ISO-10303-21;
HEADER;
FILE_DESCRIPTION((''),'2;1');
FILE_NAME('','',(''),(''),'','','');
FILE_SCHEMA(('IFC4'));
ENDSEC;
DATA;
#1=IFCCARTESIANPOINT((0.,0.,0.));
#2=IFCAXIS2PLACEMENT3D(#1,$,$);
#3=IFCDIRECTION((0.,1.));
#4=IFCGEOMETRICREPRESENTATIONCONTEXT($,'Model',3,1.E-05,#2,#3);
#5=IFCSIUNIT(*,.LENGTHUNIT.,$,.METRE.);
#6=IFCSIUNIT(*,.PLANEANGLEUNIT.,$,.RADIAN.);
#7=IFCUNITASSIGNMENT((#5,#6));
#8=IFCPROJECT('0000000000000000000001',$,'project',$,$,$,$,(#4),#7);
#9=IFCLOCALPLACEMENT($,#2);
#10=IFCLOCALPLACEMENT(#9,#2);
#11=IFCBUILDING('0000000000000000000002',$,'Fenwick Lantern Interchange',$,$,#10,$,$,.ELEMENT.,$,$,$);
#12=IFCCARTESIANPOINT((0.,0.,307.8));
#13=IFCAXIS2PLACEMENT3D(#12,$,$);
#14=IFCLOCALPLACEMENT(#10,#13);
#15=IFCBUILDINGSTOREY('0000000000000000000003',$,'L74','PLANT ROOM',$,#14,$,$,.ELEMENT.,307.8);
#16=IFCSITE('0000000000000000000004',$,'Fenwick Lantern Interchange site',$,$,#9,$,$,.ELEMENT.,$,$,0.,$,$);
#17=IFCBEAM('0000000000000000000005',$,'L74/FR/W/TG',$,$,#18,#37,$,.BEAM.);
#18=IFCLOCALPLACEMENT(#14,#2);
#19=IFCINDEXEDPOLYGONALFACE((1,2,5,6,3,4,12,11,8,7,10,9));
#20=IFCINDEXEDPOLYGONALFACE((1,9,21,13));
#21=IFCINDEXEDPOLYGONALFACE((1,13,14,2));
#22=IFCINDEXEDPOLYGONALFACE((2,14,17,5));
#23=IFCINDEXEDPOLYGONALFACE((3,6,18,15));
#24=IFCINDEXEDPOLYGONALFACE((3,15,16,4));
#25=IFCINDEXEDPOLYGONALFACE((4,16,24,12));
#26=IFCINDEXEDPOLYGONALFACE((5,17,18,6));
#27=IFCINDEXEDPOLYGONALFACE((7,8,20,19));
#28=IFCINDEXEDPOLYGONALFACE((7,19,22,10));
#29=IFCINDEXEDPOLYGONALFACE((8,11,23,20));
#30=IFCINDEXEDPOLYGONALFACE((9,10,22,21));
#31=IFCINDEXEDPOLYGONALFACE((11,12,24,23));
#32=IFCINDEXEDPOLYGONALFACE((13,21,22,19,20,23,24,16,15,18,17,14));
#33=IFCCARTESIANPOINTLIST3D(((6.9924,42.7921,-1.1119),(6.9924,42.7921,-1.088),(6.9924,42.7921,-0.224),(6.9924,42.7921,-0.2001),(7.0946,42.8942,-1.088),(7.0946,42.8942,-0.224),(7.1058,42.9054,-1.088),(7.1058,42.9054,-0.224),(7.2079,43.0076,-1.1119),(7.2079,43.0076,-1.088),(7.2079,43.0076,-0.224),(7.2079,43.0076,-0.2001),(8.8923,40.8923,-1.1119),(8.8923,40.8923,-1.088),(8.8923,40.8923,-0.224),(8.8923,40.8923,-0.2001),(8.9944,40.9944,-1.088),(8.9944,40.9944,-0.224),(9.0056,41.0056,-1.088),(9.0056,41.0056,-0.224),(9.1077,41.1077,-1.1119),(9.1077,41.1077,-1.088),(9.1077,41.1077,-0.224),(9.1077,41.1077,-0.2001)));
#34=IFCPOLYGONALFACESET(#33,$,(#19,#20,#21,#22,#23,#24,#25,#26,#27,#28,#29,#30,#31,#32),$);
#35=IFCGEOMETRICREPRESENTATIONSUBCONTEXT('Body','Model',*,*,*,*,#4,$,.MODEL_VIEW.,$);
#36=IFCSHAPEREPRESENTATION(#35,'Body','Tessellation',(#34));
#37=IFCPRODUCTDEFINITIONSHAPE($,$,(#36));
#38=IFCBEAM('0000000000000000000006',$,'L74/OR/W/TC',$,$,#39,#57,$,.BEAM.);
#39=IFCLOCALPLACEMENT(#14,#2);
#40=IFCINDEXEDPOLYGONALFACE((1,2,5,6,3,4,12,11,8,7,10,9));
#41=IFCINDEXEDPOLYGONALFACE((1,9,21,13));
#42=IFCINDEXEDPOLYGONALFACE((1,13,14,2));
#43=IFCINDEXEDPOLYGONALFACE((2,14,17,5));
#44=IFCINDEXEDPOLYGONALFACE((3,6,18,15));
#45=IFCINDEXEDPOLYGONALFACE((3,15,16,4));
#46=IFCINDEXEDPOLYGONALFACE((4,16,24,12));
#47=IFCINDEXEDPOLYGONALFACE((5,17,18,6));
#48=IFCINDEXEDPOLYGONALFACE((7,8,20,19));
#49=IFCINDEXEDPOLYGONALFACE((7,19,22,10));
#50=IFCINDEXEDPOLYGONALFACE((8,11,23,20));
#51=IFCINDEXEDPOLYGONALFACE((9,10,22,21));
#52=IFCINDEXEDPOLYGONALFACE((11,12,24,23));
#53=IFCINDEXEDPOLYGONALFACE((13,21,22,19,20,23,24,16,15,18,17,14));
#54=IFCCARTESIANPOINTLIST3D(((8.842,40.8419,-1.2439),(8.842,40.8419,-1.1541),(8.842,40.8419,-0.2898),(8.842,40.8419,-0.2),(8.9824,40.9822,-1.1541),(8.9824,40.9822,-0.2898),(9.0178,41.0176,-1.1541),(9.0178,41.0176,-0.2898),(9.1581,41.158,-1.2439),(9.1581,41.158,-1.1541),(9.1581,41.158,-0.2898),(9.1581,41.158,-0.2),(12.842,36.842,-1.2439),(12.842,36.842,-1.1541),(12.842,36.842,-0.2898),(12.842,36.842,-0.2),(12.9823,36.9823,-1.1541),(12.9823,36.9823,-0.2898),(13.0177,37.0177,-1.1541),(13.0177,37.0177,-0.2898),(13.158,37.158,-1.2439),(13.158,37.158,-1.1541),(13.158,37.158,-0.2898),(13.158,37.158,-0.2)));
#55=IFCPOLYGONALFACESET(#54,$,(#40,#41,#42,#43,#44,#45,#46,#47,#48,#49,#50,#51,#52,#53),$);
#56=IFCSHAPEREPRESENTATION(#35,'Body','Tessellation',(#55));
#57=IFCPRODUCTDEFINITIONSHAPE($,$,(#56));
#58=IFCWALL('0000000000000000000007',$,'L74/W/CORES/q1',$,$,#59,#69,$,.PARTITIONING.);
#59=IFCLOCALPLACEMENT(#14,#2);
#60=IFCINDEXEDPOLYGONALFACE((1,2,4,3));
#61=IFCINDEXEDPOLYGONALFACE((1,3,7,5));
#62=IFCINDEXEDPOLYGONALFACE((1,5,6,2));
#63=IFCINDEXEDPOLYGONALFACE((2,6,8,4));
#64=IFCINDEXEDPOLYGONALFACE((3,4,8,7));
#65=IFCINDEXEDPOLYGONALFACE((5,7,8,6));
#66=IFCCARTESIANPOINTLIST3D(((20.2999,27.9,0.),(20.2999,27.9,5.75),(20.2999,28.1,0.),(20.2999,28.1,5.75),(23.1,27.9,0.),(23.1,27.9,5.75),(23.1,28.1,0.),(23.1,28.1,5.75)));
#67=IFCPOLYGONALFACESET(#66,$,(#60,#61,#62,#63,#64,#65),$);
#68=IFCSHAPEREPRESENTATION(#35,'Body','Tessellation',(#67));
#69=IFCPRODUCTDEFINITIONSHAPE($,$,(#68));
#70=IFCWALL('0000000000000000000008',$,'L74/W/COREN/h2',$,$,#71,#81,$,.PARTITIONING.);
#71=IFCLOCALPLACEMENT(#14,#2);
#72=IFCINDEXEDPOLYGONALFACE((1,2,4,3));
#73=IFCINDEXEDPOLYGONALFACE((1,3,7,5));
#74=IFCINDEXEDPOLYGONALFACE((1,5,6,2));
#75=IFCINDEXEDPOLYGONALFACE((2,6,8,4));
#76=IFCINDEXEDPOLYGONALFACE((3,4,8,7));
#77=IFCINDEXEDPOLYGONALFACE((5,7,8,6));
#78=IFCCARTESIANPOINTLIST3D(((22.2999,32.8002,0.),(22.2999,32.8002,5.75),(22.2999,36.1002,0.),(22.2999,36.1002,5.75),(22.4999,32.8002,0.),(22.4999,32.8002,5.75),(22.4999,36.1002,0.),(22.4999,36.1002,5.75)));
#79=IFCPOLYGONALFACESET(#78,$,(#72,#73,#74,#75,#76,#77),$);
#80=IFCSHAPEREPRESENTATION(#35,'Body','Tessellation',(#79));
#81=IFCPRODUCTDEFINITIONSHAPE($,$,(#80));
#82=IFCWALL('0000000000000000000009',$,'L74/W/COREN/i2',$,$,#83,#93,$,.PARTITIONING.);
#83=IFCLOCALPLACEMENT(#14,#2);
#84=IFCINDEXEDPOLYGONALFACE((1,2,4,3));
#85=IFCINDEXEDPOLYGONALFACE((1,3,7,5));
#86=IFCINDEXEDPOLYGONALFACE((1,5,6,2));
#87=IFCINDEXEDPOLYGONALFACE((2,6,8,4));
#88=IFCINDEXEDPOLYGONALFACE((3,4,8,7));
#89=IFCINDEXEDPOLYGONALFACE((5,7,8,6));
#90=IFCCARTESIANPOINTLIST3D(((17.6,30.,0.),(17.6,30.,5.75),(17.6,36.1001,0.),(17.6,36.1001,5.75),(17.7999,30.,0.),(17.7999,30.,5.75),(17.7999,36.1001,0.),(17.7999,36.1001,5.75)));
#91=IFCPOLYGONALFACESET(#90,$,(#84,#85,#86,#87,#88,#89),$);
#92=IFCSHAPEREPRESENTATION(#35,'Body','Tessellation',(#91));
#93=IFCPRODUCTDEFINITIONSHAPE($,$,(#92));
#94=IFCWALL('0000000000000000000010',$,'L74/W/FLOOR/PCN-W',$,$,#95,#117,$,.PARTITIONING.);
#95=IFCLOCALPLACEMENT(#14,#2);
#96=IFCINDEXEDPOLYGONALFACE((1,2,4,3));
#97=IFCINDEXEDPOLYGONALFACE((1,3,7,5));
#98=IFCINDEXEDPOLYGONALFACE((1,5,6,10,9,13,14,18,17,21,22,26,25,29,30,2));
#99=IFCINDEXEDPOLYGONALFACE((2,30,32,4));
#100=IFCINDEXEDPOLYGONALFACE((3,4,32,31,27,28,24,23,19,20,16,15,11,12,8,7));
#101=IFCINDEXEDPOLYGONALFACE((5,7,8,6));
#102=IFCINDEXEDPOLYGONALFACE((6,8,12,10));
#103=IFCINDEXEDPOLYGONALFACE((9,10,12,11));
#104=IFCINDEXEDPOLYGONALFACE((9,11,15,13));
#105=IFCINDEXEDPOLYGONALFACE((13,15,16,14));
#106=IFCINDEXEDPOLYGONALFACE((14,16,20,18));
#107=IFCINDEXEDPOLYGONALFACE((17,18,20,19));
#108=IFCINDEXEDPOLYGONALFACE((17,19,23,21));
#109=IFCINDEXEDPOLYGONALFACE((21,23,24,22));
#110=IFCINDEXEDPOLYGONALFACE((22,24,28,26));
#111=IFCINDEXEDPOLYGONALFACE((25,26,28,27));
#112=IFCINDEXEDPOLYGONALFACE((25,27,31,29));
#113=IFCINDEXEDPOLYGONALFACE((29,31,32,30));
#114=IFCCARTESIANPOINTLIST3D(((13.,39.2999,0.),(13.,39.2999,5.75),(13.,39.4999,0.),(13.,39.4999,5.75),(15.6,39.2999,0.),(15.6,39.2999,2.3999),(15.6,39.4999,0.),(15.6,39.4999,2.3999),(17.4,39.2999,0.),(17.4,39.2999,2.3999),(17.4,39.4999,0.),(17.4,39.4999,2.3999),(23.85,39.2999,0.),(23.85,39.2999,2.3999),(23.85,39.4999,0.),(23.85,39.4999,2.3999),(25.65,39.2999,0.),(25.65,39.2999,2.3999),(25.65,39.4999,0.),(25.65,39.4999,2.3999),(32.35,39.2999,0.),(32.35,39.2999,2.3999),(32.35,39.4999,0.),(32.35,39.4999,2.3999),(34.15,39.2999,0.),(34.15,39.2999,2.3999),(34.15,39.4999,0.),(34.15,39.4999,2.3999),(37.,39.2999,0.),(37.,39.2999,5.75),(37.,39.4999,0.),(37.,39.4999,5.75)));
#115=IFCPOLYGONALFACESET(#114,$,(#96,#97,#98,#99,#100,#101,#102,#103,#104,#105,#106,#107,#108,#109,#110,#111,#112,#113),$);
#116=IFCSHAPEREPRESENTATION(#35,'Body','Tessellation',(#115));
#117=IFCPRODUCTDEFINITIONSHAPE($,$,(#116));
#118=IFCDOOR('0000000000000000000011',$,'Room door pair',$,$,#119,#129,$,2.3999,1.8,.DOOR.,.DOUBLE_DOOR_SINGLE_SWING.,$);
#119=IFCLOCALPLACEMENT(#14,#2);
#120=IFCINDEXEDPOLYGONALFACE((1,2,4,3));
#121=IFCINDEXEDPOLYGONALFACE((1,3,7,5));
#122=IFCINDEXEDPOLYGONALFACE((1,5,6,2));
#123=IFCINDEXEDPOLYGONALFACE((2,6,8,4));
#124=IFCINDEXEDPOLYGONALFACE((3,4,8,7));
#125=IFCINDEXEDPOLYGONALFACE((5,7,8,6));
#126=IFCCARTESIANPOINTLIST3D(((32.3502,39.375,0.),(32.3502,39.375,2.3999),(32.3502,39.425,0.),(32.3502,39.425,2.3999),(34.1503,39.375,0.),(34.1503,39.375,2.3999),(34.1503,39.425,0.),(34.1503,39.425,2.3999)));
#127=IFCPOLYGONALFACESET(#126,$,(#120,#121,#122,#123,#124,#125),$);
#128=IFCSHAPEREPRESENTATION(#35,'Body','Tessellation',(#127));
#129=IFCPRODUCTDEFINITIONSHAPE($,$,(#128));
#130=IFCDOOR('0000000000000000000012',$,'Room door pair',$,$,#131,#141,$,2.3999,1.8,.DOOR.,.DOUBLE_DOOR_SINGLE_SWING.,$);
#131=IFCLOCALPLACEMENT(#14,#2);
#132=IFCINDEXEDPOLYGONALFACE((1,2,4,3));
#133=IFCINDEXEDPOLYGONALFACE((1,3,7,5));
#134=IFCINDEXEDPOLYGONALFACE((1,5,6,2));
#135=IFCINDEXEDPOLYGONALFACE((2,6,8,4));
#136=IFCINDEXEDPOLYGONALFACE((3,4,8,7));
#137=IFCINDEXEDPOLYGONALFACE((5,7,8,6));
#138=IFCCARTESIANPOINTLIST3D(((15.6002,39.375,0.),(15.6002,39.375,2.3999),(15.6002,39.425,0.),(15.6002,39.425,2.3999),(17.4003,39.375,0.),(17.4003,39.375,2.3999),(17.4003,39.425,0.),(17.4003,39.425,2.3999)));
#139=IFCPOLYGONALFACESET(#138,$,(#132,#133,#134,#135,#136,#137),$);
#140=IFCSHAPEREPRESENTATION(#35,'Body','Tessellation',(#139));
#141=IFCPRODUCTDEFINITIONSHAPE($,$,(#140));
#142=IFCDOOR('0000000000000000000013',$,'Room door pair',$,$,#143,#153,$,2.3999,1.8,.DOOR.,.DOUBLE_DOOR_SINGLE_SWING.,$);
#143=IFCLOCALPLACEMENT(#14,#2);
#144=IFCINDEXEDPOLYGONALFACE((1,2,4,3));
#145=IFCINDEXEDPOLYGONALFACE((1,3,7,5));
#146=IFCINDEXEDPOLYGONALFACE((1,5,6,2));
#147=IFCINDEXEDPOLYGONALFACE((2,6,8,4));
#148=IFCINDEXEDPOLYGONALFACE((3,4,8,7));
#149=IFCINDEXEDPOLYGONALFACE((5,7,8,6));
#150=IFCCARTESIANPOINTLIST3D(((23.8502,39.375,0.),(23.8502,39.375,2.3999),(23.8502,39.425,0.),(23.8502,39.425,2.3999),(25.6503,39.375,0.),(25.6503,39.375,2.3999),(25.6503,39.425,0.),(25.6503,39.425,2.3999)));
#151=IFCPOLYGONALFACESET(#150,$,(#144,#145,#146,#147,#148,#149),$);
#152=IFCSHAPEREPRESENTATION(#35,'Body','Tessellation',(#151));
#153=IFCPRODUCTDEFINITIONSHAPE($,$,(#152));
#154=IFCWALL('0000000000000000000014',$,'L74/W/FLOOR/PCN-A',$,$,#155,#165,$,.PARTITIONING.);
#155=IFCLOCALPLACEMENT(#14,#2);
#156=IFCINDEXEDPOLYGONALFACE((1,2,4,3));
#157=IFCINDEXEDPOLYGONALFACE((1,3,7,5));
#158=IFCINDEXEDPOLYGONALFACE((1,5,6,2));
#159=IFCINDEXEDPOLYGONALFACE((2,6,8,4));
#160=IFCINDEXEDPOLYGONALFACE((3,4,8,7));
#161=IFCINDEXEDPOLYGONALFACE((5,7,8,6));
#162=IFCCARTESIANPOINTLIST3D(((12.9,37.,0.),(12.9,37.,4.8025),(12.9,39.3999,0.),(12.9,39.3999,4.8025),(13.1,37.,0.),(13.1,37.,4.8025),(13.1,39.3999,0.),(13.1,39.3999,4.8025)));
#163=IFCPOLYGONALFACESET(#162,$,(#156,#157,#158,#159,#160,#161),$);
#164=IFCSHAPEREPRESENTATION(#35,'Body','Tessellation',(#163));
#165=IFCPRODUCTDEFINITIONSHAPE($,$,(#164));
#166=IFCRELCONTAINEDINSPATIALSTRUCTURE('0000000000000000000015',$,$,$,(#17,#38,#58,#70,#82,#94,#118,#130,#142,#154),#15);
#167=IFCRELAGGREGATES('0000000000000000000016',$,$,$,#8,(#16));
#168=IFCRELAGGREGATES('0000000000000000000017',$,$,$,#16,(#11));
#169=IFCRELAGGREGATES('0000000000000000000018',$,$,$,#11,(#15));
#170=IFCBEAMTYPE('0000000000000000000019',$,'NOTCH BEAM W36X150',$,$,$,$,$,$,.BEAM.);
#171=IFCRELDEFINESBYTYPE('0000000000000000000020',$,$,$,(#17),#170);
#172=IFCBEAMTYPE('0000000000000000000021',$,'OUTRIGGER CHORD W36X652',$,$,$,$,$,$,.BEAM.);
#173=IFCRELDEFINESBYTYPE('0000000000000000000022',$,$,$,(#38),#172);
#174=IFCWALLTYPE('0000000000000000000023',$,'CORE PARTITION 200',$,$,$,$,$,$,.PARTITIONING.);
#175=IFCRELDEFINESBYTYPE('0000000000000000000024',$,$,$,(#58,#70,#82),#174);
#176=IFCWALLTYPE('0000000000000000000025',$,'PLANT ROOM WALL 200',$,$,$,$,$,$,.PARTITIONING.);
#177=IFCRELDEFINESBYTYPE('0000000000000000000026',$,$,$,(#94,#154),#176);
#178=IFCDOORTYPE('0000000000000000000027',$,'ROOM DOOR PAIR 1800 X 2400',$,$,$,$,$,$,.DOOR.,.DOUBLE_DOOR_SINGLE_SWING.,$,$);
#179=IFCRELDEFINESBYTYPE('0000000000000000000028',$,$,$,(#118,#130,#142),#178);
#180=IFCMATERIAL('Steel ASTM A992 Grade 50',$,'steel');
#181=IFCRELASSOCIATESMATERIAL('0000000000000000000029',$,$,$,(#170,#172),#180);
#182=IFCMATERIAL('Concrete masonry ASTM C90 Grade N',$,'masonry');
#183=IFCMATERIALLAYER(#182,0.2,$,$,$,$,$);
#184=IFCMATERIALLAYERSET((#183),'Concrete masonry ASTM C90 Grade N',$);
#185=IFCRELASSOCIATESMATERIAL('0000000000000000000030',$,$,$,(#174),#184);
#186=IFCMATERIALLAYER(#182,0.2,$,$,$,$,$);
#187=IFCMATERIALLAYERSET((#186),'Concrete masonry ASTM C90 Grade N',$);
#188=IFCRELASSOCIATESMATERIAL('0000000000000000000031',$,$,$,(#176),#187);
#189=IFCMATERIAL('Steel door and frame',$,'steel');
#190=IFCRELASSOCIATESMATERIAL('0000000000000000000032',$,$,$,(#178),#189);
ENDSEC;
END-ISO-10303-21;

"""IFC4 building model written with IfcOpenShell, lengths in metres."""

from ifc_helpers import new_model, si_unit, direction, frame, frame_2d, origin, origin_2d, place, context, subcontext, project, spatial, rectangle, i_section, extrude, material, layer, layer_set, material_profile, profile_set, type_object, element, fill, save


model = new_model("IFC4")

# Units and contexts
model_context = context("Model", 3, precision=1e-05, world=origin(), true_north=direction((0.0, 1.0)))
body_context = subcontext(model_context, "Body", "Model", "MODEL_VIEW")
ifc_project = project(units=[si_unit("LENGTHUNIT", "METRE"), si_unit("PLANEANGLEUNIT", "RADIAN")], contexts=[model_context])

# Site, building, storey
site_placement = place(None, origin())
site = spatial("IfcSite", under=ifc_project, at=site_placement, Name="Fenwick Lantern Interchange site", CompositionType="ELEMENT", RefElevation=0.0)
building_placement = place(site_placement, origin())
building = spatial("IfcBuilding", under=site, at=building_placement, Name="Fenwick Lantern Interchange", CompositionType="ELEMENT")
storey_placement = place(building_placement, frame((0.0, 0.0, 307.8)))
storey = spatial("IfcBuildingStorey", under=building, at=storey_placement, Name="L74", Description="PLANT ROOM", CompositionType="ELEMENT", Elevation=307.8)

# Beams
ifc_material_1 = material(Name="Steel ASTM A992 Grade 50", Category="steel")
ifc_material_profile_1 = material_profile(ifc_material_1, i_section(OverallWidth=0.3047, OverallDepth=0.9119, WebThickness=0.0159, FlangeThickness=0.0239, at=origin_2d()), Name="W36X150")
ifc_profile_set_1 = profile_set([ifc_material_profile_1], Name="Steel ASTM A992 Grade 50")
beam_type_1 = type_object("IfcBeamType", Name="NOTCH BEAM W36X150", PredefinedType="BEAM", material=ifc_profile_set_1)
beam_1_placement = place(storey_placement, frame((9.0, 41.0, -0.656), z_axis=(-0.707107, 0.707107, 0.0), x_axis=(-0.707107, -0.707107, 0.0)))
element("IfcBeam", 1, at=beam_1_placement, inside=storey, type_object=beam_type_1, Name="L74/FR/W/TG", PredefinedType="BEAM", context=body_context, shape_type="SweptSolid", body=[
    extrude(i_section(OverallWidth=0.3047, OverallDepth=0.9119, WebThickness=0.0159, FlangeThickness=0.0239, at=origin_2d()), origin(), (0.0, 0.0, 1.0), 2.6868),
])
ifc_material_profile_2 = material_profile(ifc_material_1, i_section(OverallWidth=0.447, OverallDepth=1.0439, WebThickness=0.05, FlangeThickness=0.0898, at=origin_2d()), Name="W36X652")
ifc_profile_set_2 = profile_set([ifc_material_profile_2], Name="Steel ASTM A992 Grade 50")
beam_type_2 = type_object("IfcBeamType", Name="OUTRIGGER CHORD W36X652", PredefinedType="BEAM", material=ifc_profile_set_2)
beam_2_placement = place(storey_placement, frame((13.0, 37.0, -0.7219), z_axis=(-0.707107, 0.707107, 0.0), x_axis=(-0.707107, -0.707107, 0.0)))
element("IfcBeam", 2, at=beam_2_placement, inside=storey, type_object=beam_type_2, Name="L74/OR/W/TC", PredefinedType="BEAM", context=body_context, shape_type="SweptSolid", body=[
    extrude(i_section(OverallWidth=0.447, OverallDepth=1.0439, WebThickness=0.05, FlangeThickness=0.0898, at=origin_2d()), origin(), (0.0, 0.0, 1.0), 5.6567),
])

# Walls
ifc_material_2 = material(Name="Concrete masonry ASTM C90 Grade N", Category="masonry")
ifc_layer_1 = layer(ifc_material_2, 0.2)
ifc_layer_set_1 = layer_set([ifc_layer_1], Name="Concrete masonry ASTM C90 Grade N")
wall_type_1 = type_object("IfcWallType", Name="CORE PARTITION 200", PredefinedType="PARTITIONING", material=ifc_layer_set_1)
wall_1_placement = place(storey_placement, frame((20.3, 28.0, 0.0), z_axis=(0.0, 0.0, 1.0), x_axis=(1.0, 0.0, 0.0)))
element("IfcWall", 3, at=wall_1_placement, inside=storey, type_object=wall_type_1, Name="L74/W/CORES/q1", PredefinedType="PARTITIONING", context=body_context, shape_type="SweptSolid", body=[
    extrude(rectangle(XDim=2.8, YDim=0.2, at=frame_2d((1.3999, 0.0))), origin(), (0.0, 0.0, 1.0), 5.75),
])
wall_2_placement = place(storey_placement, frame((22.3999, 36.1001, 0.0), z_axis=(0.0, 0.0, 1.0), x_axis=(0.0, -1.0, 0.0)))
element("IfcWall", 4, at=wall_2_placement, inside=storey, type_object=wall_type_1, Name="L74/W/COREN/h2", PredefinedType="PARTITIONING", context=body_context, shape_type="SweptSolid", body=[
    extrude(rectangle(XDim=3.3, YDim=0.2, at=frame_2d((1.6499, 0.0))), origin(), (0.0, 0.0, 1.0), 5.75),
])
wall_3_placement = place(storey_placement, frame((17.7, 36.1001, 0.0), z_axis=(0.0, 0.0, 1.0), x_axis=(0.0, -1.0, 0.0)))
element("IfcWall", 5, at=wall_3_placement, inside=storey, type_object=wall_type_1, Name="L74/W/COREN/i2", PredefinedType="PARTITIONING", context=body_context, shape_type="SweptSolid", body=[
    extrude(rectangle(XDim=6.1001, YDim=0.2, at=frame_2d((3.05, 0.0))), origin(), (0.0, 0.0, 1.0), 5.75),
])

# Wall, openings, doors
ifc_material_3 = material(Name="Steel door and frame", Category="steel")
ifc_layer_2 = layer(ifc_material_2, 0.2)
ifc_layer_set_2 = layer_set([ifc_layer_2], Name="Concrete masonry ASTM C90 Grade N")
wall_type_2 = type_object("IfcWallType", Name="PLANT ROOM WALL 200", PredefinedType="PARTITIONING", material=ifc_layer_set_2)
wall_4_placement = place(storey_placement, frame((13.0, 39.3999, 0.0), z_axis=(0.0, 0.0, 1.0), x_axis=(1.0, 0.0, 0.0)))
wall_4 = element("IfcWall", 6, at=wall_4_placement, inside=storey, type_object=wall_type_2, Name="L74/W/FLOOR/PCN-W", PredefinedType="PARTITIONING", context=body_context, shape_type="SweptSolid", body=[
    extrude(rectangle(XDim=24.0, YDim=0.2, at=frame_2d((12.0, 0.0))), origin(), (0.0, 0.0, 1.0), 5.75),
])
opening_1_placement = place(wall_4_placement, frame((19.3501, 0.0, 0.0)))
opening_1 = element("IfcOpeningElement", 7, at=opening_1_placement, cuts=wall_4, PredefinedType="OPENING", context=body_context, shape_type="SweptSolid", body=[
    extrude(rectangle(XDim=1.8, YDim=2.3999, at=frame_2d((0.8999, 1.2))), frame((0.0, 0.1099, 0.0), z_axis=(0.0, -1.0, 0.0), x_axis=(1.0, 0.0, 0.0)), (0.0, 0.0, 1.0), 0.22),
])
opening_2_placement = place(wall_4_placement, frame((2.6001, 0.0, 0.0)))
opening_2 = element("IfcOpeningElement", 8, at=opening_2_placement, cuts=wall_4, PredefinedType="OPENING", context=body_context, shape_type="SweptSolid", body=[
    extrude(rectangle(XDim=1.8, YDim=2.3999, at=frame_2d((0.8999, 1.2))), frame((0.0, 0.1099, 0.0), z_axis=(0.0, -1.0, 0.0), x_axis=(1.0, 0.0, 0.0)), (0.0, 0.0, 1.0), 0.22),
])
opening_3_placement = place(wall_4_placement, frame((10.8501, 0.0, 0.0)))
opening_3 = element("IfcOpeningElement", 9, at=opening_3_placement, cuts=wall_4, PredefinedType="OPENING", context=body_context, shape_type="SweptSolid", body=[
    extrude(rectangle(XDim=1.8, YDim=2.3999, at=frame_2d((0.8999, 1.2))), frame((0.0, 0.1099, 0.0), z_axis=(0.0, -1.0, 0.0), x_axis=(1.0, 0.0, 0.0)), (0.0, 0.0, 1.0), 0.22),
])
door_type_1 = type_object("IfcDoorType", Name="ROOM DOOR PAIR 1800 X 2400", OperationType="DOUBLE_DOOR_SINGLE_SWING", PredefinedType="DOOR", material=ifc_material_3)
door_1_placement = place(opening_1_placement, frame((1.8, 0.0, 0.0), z_axis=(0.0, 0.0, 1.0), x_axis=(-1.0, 0.0, 0.0)))
door_1 = element("IfcDoor", 10, at=door_1_placement, inside=storey, type_object=door_type_1, Name="Room door pair", OperationType="DOUBLE_DOOR_SINGLE_SWING", OverallHeight=2.3999, OverallWidth=1.8, PredefinedType="DOOR", context=body_context, shape_type="SweptSolid", body=[
    extrude(rectangle(XDim=1.8, YDim=2.3999, at=frame_2d((0.8999, 1.2))), frame((0.0, 0.0249, 0.0), z_axis=(0.0, -1.0, 0.0), x_axis=(1.0, 0.0, 0.0)), (0.0, 0.0, 1.0), 0.05),
])
fill(opening_1, door_1)
door_2_placement = place(opening_2_placement, frame((1.8, 0.0, 0.0), z_axis=(0.0, 0.0, 1.0), x_axis=(-1.0, 0.0, 0.0)))
door_2 = element("IfcDoor", 11, at=door_2_placement, inside=storey, type_object=door_type_1, Name="Room door pair", OperationType="DOUBLE_DOOR_SINGLE_SWING", OverallHeight=2.3999, OverallWidth=1.8, PredefinedType="DOOR", context=body_context, shape_type="SweptSolid", body=[
    extrude(rectangle(XDim=1.8, YDim=2.3999, at=frame_2d((0.8999, 1.2))), frame((0.0, 0.0249, 0.0), z_axis=(0.0, -1.0, 0.0), x_axis=(1.0, 0.0, 0.0)), (0.0, 0.0, 1.0), 0.05),
])
fill(opening_2, door_2)
door_3_placement = place(opening_3_placement, frame((1.8, 0.0, 0.0), z_axis=(0.0, 0.0, 1.0), x_axis=(-1.0, 0.0, 0.0)))
door_3 = element("IfcDoor", 12, at=door_3_placement, inside=storey, type_object=door_type_1, Name="Room door pair", OperationType="DOUBLE_DOOR_SINGLE_SWING", OverallHeight=2.3999, OverallWidth=1.8, PredefinedType="DOOR", context=body_context, shape_type="SweptSolid", body=[
    extrude(rectangle(XDim=1.8, YDim=2.3999, at=frame_2d((0.8999, 1.2))), frame((0.0, 0.0249, 0.0), z_axis=(0.0, -1.0, 0.0), x_axis=(1.0, 0.0, 0.0)), (0.0, 0.0, 1.0), 0.05),
])
fill(opening_3, door_3)

# Wall
wall_5_placement = place(storey_placement, frame((13.0, 37.0, 0.0), z_axis=(0.0, 0.0, 1.0), x_axis=(0.0, 1.0, 0.0)))
element("IfcWall", 13, at=wall_5_placement, inside=storey, type_object=wall_type_2, Name="L74/W/FLOOR/PCN-A", PredefinedType="PARTITIONING", context=body_context, shape_type="SweptSolid", body=[
    extrude(rectangle(XDim=2.3999, YDim=0.2, at=frame_2d((1.2, 0.0))), origin(), (0.0, 0.0, 1.0), 4.8025),
])

save(model, "model.ifc")
